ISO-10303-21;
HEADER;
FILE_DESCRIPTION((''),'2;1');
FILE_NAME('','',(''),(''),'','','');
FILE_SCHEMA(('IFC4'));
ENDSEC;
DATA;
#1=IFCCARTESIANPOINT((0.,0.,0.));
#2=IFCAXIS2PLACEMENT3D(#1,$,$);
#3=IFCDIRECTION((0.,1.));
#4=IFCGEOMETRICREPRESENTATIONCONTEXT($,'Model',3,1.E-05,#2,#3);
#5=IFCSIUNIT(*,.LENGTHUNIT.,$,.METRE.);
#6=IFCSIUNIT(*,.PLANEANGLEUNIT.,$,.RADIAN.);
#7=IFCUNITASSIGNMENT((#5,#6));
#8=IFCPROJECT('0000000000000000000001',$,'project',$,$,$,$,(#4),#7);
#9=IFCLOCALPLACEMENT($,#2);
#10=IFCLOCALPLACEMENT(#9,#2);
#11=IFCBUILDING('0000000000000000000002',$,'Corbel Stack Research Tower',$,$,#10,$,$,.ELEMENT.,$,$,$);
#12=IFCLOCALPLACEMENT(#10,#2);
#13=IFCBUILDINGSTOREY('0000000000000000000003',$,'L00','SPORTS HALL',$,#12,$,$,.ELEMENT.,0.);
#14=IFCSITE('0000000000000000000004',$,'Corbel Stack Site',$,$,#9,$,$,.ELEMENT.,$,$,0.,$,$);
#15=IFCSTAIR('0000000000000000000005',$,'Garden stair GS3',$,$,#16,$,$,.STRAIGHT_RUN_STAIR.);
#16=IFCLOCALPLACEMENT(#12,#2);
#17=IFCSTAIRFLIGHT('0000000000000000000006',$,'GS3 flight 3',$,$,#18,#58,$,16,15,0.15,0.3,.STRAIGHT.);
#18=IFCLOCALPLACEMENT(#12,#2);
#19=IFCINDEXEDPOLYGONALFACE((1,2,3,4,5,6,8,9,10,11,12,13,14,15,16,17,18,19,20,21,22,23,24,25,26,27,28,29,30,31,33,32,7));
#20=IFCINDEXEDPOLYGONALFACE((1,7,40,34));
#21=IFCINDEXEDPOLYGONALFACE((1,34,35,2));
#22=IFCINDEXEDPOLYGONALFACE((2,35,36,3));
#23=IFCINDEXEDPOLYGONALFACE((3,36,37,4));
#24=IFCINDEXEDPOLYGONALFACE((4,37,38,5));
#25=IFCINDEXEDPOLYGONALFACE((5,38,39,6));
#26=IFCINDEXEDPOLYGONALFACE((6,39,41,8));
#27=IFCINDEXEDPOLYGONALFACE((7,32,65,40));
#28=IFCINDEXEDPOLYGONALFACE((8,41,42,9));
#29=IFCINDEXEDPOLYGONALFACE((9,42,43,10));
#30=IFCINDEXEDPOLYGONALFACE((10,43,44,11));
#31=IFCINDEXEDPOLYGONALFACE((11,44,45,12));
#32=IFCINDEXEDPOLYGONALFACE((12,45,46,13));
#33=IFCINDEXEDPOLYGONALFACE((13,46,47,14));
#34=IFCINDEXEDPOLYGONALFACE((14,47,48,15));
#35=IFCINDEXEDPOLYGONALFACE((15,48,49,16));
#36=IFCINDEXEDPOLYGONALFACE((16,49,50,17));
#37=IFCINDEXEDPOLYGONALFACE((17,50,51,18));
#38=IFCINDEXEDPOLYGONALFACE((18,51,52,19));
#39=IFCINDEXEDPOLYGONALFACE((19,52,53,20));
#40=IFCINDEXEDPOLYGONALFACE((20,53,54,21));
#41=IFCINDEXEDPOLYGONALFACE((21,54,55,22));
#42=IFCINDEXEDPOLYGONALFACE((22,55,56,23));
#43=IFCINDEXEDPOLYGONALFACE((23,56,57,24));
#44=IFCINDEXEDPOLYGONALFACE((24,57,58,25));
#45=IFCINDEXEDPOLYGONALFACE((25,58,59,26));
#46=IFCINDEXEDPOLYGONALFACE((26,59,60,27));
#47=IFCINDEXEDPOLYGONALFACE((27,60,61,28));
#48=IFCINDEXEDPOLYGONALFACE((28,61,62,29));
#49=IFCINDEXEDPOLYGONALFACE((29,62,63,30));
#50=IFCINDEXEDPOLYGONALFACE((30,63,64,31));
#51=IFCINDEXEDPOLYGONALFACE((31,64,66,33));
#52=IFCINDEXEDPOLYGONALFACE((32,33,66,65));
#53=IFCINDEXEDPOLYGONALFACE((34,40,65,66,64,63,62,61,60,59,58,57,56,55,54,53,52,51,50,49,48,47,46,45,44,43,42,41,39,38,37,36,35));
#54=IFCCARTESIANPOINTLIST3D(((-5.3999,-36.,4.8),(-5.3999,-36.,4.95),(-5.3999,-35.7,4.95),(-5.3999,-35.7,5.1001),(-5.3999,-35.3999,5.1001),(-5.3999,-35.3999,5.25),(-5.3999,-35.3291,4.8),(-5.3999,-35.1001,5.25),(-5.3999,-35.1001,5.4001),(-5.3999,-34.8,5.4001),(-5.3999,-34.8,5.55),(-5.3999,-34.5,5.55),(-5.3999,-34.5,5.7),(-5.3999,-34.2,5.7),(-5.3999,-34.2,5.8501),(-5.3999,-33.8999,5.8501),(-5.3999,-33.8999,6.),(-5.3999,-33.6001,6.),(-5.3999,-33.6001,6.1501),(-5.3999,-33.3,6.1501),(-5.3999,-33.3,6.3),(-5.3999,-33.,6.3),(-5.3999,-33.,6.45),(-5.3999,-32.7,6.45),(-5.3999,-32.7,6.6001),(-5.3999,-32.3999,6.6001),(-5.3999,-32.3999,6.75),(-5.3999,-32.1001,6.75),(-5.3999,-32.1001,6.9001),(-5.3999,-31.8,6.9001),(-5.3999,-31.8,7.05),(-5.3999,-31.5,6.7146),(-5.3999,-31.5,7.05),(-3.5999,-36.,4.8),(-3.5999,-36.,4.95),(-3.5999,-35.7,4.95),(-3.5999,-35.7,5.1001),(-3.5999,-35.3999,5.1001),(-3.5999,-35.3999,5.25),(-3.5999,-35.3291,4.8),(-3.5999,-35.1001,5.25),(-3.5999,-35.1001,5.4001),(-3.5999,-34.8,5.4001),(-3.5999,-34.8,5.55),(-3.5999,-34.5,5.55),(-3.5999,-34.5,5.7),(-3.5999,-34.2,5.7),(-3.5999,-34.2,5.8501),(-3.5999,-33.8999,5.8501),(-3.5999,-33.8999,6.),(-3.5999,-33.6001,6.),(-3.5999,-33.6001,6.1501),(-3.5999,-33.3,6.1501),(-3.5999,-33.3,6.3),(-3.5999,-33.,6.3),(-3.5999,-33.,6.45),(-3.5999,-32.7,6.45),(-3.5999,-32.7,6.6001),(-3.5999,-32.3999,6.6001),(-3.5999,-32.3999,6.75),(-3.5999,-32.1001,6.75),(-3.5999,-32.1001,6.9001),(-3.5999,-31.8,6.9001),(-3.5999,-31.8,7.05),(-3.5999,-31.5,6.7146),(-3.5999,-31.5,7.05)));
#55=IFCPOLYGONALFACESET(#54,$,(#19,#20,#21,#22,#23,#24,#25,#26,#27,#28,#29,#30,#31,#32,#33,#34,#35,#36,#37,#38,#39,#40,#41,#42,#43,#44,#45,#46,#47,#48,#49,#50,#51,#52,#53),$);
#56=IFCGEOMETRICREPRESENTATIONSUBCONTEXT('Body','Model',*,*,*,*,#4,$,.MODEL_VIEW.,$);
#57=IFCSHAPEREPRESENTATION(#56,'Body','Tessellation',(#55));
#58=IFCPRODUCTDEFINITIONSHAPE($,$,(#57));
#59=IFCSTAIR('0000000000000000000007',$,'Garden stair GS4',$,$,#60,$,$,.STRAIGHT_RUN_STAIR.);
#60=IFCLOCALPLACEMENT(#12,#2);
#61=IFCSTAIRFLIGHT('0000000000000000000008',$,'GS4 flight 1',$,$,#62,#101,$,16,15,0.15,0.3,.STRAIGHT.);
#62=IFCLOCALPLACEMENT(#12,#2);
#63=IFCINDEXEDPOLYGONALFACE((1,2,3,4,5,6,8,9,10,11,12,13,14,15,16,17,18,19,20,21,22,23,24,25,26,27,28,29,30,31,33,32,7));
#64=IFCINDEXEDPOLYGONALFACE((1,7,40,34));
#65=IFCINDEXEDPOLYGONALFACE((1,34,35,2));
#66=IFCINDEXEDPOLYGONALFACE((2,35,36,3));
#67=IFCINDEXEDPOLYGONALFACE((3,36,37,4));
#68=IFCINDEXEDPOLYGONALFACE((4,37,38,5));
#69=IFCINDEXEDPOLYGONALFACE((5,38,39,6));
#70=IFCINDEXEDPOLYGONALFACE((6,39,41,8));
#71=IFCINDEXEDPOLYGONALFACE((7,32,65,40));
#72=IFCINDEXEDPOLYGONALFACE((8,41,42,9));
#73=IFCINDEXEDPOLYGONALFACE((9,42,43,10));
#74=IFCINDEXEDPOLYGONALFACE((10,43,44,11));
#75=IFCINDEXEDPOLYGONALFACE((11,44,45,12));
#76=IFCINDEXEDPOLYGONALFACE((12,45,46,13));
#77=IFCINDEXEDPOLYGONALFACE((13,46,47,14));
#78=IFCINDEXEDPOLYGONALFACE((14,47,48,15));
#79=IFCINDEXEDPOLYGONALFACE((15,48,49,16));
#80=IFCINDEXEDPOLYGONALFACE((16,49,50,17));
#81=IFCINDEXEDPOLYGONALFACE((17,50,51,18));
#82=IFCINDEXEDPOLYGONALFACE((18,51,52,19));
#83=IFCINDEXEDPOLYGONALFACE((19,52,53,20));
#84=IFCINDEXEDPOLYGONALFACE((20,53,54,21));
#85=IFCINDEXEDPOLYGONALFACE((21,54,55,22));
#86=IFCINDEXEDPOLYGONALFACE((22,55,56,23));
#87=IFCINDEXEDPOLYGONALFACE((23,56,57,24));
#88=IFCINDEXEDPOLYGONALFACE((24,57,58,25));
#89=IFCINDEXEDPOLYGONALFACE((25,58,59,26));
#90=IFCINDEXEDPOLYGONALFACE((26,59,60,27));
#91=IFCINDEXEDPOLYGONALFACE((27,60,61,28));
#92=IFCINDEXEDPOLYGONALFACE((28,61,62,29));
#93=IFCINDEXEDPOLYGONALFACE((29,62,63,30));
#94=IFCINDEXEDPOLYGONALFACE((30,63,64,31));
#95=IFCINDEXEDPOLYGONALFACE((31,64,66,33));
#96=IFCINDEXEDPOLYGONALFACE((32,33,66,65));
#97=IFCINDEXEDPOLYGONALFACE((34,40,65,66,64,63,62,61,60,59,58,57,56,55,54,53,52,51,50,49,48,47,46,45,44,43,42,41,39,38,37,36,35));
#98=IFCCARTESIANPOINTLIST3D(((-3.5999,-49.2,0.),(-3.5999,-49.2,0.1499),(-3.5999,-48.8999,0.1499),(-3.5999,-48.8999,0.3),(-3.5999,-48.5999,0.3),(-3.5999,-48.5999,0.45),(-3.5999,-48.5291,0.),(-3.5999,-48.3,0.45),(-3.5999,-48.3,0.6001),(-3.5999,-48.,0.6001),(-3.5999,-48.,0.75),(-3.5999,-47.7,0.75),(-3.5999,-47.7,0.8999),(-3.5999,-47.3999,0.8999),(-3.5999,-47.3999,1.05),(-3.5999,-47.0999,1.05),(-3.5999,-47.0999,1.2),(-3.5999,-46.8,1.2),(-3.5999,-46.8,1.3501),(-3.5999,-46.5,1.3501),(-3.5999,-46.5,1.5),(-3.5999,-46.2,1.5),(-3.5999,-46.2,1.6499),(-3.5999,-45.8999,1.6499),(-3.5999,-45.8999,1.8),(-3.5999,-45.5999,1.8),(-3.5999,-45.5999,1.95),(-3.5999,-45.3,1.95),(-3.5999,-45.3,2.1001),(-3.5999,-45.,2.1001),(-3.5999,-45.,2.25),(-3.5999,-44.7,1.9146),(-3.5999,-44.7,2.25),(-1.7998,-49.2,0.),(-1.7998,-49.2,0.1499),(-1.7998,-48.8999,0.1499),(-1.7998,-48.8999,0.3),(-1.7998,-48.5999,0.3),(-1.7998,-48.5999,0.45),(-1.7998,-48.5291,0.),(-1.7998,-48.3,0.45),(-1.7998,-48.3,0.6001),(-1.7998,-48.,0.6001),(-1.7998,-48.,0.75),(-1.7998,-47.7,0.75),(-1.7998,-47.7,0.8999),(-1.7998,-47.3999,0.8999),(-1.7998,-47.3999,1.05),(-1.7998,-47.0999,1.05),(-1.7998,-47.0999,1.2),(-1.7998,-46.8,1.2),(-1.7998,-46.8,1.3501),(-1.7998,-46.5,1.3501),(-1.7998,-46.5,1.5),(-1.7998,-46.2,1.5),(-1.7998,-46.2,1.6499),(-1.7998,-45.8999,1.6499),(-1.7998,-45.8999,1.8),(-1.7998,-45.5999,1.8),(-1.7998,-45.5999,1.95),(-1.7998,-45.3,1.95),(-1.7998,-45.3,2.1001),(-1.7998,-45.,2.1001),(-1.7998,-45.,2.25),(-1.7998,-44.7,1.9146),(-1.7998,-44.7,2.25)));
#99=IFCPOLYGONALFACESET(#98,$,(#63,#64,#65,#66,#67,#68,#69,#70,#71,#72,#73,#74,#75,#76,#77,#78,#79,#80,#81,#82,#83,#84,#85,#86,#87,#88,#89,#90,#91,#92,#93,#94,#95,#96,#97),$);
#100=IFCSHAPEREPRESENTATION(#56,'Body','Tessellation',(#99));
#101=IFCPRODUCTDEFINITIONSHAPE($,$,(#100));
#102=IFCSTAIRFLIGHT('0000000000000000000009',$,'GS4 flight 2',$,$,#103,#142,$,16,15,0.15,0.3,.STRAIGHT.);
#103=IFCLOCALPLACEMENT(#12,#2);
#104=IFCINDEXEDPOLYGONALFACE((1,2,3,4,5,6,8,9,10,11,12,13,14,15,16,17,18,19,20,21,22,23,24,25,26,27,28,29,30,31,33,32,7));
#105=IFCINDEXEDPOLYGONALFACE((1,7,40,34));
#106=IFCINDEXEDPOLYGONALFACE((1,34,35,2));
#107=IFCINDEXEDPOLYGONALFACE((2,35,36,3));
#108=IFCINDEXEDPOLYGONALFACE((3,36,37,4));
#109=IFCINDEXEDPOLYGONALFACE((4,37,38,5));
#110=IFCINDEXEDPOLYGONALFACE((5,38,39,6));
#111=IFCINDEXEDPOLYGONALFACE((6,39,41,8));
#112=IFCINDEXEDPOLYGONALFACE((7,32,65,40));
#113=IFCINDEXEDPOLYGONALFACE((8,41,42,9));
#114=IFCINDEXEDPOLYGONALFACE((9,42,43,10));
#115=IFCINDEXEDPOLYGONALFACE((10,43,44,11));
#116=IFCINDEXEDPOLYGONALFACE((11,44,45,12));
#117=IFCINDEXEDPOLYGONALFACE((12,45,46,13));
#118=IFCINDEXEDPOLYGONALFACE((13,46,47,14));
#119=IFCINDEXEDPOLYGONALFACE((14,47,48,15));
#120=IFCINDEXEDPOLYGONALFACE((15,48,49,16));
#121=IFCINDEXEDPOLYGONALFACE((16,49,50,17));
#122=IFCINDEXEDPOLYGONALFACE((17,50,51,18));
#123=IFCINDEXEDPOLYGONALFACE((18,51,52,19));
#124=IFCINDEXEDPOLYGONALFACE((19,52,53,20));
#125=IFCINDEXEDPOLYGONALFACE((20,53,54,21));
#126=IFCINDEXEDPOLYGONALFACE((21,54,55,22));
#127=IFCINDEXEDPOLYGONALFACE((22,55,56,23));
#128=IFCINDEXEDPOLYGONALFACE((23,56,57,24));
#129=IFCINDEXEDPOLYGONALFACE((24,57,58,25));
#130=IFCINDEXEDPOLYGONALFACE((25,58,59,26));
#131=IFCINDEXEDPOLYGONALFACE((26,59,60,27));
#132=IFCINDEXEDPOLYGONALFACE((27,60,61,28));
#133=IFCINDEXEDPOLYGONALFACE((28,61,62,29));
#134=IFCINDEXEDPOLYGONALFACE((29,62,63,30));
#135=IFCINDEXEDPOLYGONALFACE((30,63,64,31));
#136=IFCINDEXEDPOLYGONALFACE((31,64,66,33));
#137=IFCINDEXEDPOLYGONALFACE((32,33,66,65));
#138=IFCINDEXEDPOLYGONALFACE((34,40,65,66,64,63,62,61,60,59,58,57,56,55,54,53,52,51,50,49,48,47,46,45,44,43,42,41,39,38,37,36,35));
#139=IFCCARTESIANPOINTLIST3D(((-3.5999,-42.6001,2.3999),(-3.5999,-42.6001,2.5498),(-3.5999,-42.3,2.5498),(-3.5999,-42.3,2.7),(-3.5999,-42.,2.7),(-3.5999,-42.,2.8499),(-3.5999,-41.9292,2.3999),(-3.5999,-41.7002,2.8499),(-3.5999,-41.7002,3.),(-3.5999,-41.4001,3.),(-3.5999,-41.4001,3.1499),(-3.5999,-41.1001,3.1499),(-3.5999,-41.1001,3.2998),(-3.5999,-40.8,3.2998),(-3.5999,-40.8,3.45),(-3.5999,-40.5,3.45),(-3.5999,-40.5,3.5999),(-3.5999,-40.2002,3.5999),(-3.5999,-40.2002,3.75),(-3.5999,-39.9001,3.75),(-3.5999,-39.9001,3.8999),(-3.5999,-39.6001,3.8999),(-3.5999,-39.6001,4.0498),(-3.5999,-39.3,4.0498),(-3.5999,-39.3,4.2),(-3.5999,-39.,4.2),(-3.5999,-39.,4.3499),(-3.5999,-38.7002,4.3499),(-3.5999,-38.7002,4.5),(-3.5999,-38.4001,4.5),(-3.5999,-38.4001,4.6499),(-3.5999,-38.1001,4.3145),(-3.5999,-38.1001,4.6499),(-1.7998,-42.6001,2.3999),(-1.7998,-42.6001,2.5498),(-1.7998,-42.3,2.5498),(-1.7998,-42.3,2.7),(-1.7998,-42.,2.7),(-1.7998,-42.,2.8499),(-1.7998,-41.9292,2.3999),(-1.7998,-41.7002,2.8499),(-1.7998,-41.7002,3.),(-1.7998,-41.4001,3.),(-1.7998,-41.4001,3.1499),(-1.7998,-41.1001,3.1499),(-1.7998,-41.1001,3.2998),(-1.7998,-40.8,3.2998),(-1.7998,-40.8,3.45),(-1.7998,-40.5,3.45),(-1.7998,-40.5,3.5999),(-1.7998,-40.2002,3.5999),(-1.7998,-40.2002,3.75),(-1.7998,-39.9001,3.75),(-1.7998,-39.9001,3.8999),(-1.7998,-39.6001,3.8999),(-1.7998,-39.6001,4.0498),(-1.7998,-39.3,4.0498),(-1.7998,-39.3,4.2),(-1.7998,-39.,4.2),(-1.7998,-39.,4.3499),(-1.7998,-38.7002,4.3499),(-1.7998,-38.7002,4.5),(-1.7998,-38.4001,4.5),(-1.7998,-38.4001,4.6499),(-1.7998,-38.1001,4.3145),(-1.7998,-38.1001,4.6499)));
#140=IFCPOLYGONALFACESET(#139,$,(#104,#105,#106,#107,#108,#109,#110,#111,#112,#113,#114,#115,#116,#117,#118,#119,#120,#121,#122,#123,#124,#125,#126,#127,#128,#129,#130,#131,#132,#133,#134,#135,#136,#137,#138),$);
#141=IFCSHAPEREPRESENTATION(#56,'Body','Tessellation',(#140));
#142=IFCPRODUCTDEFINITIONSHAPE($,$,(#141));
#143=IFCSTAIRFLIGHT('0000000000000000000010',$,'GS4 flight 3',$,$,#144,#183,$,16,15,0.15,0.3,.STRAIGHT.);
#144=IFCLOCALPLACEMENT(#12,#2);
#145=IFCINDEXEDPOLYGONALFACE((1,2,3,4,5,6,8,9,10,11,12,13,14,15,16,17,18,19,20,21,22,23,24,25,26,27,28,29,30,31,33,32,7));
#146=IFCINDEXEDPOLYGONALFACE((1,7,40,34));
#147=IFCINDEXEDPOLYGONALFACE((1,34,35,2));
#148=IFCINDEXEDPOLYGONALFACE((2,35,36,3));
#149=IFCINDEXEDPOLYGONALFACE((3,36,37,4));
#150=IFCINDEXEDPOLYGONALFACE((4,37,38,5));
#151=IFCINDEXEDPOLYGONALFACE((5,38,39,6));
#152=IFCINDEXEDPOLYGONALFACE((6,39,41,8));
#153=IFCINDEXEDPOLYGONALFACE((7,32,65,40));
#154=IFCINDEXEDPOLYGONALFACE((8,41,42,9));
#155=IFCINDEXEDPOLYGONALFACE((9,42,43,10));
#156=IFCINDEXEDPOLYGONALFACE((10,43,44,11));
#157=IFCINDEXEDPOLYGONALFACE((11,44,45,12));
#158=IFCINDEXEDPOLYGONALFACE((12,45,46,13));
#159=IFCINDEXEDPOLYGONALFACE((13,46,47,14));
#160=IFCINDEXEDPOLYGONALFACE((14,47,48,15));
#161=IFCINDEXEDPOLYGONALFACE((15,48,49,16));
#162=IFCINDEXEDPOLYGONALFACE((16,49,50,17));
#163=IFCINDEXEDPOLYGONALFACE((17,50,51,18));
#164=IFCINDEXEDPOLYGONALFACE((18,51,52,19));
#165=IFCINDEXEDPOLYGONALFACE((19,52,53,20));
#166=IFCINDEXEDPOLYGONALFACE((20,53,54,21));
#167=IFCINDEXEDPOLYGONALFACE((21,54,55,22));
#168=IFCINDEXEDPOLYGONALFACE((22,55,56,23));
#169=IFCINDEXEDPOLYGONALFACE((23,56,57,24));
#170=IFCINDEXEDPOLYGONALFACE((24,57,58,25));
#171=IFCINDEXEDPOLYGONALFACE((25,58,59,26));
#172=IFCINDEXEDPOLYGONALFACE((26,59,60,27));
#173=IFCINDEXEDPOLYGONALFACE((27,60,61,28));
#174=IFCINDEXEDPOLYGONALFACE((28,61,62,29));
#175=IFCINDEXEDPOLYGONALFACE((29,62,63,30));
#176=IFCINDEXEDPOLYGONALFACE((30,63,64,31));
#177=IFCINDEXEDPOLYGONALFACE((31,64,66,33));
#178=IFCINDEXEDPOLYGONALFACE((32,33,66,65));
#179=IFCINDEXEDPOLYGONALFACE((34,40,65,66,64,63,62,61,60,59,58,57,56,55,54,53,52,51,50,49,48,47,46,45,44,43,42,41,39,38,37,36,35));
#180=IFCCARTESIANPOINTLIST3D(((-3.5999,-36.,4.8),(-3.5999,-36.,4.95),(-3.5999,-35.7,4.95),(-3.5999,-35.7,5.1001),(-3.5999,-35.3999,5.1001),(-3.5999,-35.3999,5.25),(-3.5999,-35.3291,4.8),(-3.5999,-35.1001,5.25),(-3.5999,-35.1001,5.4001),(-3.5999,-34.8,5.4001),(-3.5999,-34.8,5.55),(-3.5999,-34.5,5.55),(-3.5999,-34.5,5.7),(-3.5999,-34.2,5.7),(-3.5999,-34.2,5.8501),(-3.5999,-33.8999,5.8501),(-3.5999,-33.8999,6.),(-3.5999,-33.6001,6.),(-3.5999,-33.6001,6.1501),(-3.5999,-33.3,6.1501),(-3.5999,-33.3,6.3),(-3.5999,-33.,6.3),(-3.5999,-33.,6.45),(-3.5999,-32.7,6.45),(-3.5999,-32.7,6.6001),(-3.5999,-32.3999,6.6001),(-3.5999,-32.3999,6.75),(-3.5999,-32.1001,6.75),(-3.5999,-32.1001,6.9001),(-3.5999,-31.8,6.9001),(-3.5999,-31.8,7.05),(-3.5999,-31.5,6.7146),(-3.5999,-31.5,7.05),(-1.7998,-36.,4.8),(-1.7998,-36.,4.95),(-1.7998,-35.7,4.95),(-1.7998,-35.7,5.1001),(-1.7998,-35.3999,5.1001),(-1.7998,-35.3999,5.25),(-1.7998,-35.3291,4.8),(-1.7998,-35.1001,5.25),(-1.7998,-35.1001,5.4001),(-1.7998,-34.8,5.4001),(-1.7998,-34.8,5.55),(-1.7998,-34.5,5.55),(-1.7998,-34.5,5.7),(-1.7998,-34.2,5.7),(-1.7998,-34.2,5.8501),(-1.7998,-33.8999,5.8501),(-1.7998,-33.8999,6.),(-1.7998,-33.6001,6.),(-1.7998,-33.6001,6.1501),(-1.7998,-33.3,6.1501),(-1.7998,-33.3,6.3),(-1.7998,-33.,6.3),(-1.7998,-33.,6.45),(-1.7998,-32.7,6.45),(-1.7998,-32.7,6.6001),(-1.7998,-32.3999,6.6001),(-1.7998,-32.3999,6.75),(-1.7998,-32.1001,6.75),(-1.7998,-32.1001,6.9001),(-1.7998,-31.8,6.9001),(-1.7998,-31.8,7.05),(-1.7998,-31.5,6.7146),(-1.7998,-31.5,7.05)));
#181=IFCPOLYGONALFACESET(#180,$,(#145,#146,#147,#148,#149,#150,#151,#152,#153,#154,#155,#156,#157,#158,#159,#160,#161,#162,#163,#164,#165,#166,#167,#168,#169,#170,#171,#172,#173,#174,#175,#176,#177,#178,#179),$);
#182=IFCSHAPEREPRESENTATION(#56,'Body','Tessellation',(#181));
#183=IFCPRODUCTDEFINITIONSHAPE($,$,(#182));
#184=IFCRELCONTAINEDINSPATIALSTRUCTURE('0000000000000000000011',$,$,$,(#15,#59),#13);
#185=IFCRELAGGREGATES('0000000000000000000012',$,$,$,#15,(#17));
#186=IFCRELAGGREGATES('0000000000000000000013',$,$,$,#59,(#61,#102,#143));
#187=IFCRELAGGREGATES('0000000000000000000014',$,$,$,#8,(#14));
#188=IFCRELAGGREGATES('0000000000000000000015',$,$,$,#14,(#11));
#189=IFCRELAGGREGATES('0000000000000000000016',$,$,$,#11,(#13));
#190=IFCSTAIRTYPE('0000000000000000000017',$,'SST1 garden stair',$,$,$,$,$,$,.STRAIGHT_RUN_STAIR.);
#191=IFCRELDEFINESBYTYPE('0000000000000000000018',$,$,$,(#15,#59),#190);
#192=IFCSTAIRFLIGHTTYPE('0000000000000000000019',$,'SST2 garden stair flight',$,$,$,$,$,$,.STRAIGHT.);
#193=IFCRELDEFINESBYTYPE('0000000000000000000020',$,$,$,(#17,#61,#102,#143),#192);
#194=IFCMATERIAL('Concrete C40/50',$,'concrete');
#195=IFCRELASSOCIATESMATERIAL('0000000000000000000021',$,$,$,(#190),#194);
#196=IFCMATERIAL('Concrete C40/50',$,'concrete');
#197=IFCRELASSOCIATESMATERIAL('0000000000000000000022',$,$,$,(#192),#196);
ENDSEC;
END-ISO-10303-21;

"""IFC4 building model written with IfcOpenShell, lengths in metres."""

from ifc_helpers import new_model, si_unit, direction, frame, origin, place, context, subcontext, project, spatial, polyline, outline, extrude, material, type_object, element, aggregate, save


model = new_model("IFC4")

# Units and contexts
model_context = context("Model", 3, precision=1e-05, world=origin(), true_north=direction((0.0, 1.0)))
body_context = subcontext(model_context, "Body", "Model", "MODEL_VIEW")
ifc_project = project(units=[si_unit("LENGTHUNIT", "METRE"), si_unit("PLANEANGLEUNIT", "RADIAN")], contexts=[model_context])

# Site, building, storey
site_placement = place(None, origin())
site = spatial("IfcSite", under=ifc_project, at=site_placement, Name="Corbel Stack Site", CompositionType="ELEMENT", RefElevation=0.0)
building_placement = place(site_placement, origin())
building = spatial("IfcBuilding", under=site, at=building_placement, Name="Corbel Stack Research Tower", CompositionType="ELEMENT")
storey_placement = place(building_placement, origin())
storey = spatial("IfcBuildingStorey", under=building, at=storey_placement, Name="L00", Description="SPORTS HALL", CompositionType="ELEMENT", Elevation=0.0)

# Stairs, stair flights
ifc_material_1 = material(Name="Concrete C40/50", Category="concrete")
stair_type = type_object("IfcStairType", Name="SST1 garden stair", PredefinedType="STRAIGHT_RUN_STAIR", material=ifc_material_1)
ifc_material_2 = material(Name="Concrete C40/50", Category="concrete")
stair_flight_type = type_object("IfcStairFlightType", Name="SST2 garden stair flight", PredefinedType="STRAIGHT", material=ifc_material_2)
stair_1_placement = place(storey_placement, origin())
stair_1 = element("IfcStair", 1, at=stair_1_placement, inside=storey, type_object=stair_type, Name="Garden stair GS3", PredefinedType="STRAIGHT_RUN_STAIR")
stair_flight_1_placement = place(storey_placement, frame((-4.5, -36.0, 4.8), z_axis=(0.0, 0.0, 1.0), x_axis=(0.0, 1.0, 0.0)))
stair_flight_1 = element("IfcStairFlight", 2, at=stair_flight_1_placement, type_object=stair_flight_type, Name="GS3 flight 3", NumberOfRisers=16, NumberOfTreads=15, PredefinedType="STRAIGHT", RiserHeight=0.15, TreadLength=0.3, context=body_context, shape_type="SweptSolid", body=[
    extrude(outline(polyline([(0.0, 0.0), (0.0, 0.1499), (0.3, 0.1499), (0.3, 0.3), (0.6001, 0.3), (0.6001, 0.45), (0.8999, 0.45), (0.8999, 0.6001), (1.2, 0.6001), (1.2, 0.75), (1.5, 0.75), (1.5, 0.8999), (1.8, 0.8999), (1.8, 1.05), (2.1001, 1.05), (2.1001, 1.2), (2.3999, 1.2), (2.3999, 1.3501), (2.7, 1.3501), (2.7, 1.5), (3.0, 1.5), (3.0, 1.6499), (3.3, 1.6499), (3.3, 1.8), (3.6001, 1.8), (3.6001, 1.95), (3.8999, 1.95), (3.8999, 2.1001), (4.2, 2.1001), (4.2, 2.25), (4.5, 2.25), (4.5, 2.3999), (4.5, 1.9146), (0.6709, 0.0), (0.0, 0.0)])), frame((0.0, 0.8999, 0.0), z_axis=(0.0, -1.0, 0.0), x_axis=(1.0, 0.0, 0.0)), (0.0, 0.0, 1.0), 1.8),
])
aggregate(stair_1, [stair_flight_1])
stair_2_placement = place(storey_placement, origin())
stair_2 = element("IfcStair", 3, at=stair_2_placement, inside=storey, type_object=stair_type, Name="Garden stair GS4", PredefinedType="STRAIGHT_RUN_STAIR")
stair_flight_2_placement = place(storey_placement, frame((-2.7, -49.2, 0.0), z_axis=(0.0, 0.0, 1.0), x_axis=(0.0, 1.0, 0.0)))
stair_flight_2 = element("IfcStairFlight", 4, at=stair_flight_2_placement, type_object=stair_flight_type, Name="GS4 flight 1", NumberOfRisers=16, NumberOfTreads=15, PredefinedType="STRAIGHT", RiserHeight=0.15, TreadLength=0.3, context=body_context, shape_type="SweptSolid", body=[
    extrude(outline(polyline([(0.0, 0.0), (0.0, 0.1499), (0.3, 0.1499), (0.3, 0.3), (0.6001, 0.3), (0.6001, 0.45), (0.8999, 0.45), (0.8999, 0.6001), (1.2, 0.6001), (1.2, 0.75), (1.5, 0.75), (1.5, 0.8999), (1.8, 0.8999), (1.8, 1.05), (2.1001, 1.05), (2.1001, 1.2), (2.3999, 1.2), (2.3999, 1.3501), (2.7, 1.3501), (2.7, 1.5), (3.0, 1.5), (3.0, 1.6499), (3.3, 1.6499), (3.3, 1.8), (3.6001, 1.8), (3.6001, 1.95), (3.8999, 1.95), (3.8999, 2.1001), (4.2, 2.1001), (4.2, 2.25), (4.5, 2.25), (4.5, 2.3999), (4.5, 1.9146), (0.6709, 0.0), (0.0, 0.0)])), frame((0.0, 0.8999, 0.0), z_axis=(0.0, -1.0, 0.0), x_axis=(1.0, 0.0, 0.0)), (0.0, 0.0, 1.0), 1.8),
])
stair_flight_3_placement = place(storey_placement, frame((-2.7, -42.6001, 2.3999), z_axis=(0.0, 0.0, 1.0), x_axis=(0.0, 1.0, 0.0)))
stair_flight_3 = element("IfcStairFlight", 5, at=stair_flight_3_placement, type_object=stair_flight_type, Name="GS4 flight 2", NumberOfRisers=16, NumberOfTreads=15, PredefinedType="STRAIGHT", RiserHeight=0.15, TreadLength=0.3, context=body_context, shape_type="SweptSolid", body=[
    extrude(outline(polyline([(0.0, 0.0), (0.0, 0.1499), (0.3, 0.1499), (0.3, 0.3), (0.6001, 0.3), (0.6001, 0.45), (0.8999, 0.45), (0.8999, 0.6001), (1.2, 0.6001), (1.2, 0.75), (1.5, 0.75), (1.5, 0.8999), (1.8, 0.8999), (1.8, 1.05), (2.1001, 1.05), (2.1001, 1.2), (2.3999, 1.2), (2.3999, 1.3501), (2.7, 1.3501), (2.7, 1.5), (3.0, 1.5), (3.0, 1.6499), (3.3, 1.6499), (3.3, 1.8), (3.6001, 1.8), (3.6001, 1.95), (3.8999, 1.95), (3.8999, 2.1001), (4.2, 2.1001), (4.2, 2.25), (4.5, 2.25), (4.5, 2.3999), (4.5, 1.9146), (0.6709, 0.0), (0.0, 0.0)])), frame((0.0, 0.8999, 0.0), z_axis=(0.0, -1.0, 0.0), x_axis=(1.0, 0.0, 0.0)), (0.0, 0.0, 1.0), 1.8),
])
stair_flight_4_placement = place(storey_placement, frame((-2.7, -36.0, 4.8), z_axis=(0.0, 0.0, 1.0), x_axis=(0.0, 1.0, 0.0)))
stair_flight_4 = element("IfcStairFlight", 6, at=stair_flight_4_placement, type_object=stair_flight_type, Name="GS4 flight 3", NumberOfRisers=16, NumberOfTreads=15, PredefinedType="STRAIGHT", RiserHeight=0.15, TreadLength=0.3, context=body_context, shape_type="SweptSolid", body=[
    extrude(outline(polyline([(0.0, 0.0), (0.0, 0.1499), (0.3, 0.1499), (0.3, 0.3), (0.6001, 0.3), (0.6001, 0.45), (0.8999, 0.45), (0.8999, 0.6001), (1.2, 0.6001), (1.2, 0.75), (1.5, 0.75), (1.5, 0.8999), (1.8, 0.8999), (1.8, 1.05), (2.1001, 1.05), (2.1001, 1.2), (2.3999, 1.2), (2.3999, 1.3501), (2.7, 1.3501), (2.7, 1.5), (3.0, 1.5), (3.0, 1.6499), (3.3, 1.6499), (3.3, 1.8), (3.6001, 1.8), (3.6001, 1.95), (3.8999, 1.95), (3.8999, 2.1001), (4.2, 2.1001), (4.2, 2.25), (4.5, 2.25), (4.5, 2.3999), (4.5, 1.9146), (0.6709, 0.0), (0.0, 0.0)])), frame((0.0, 0.8999, 0.0), z_axis=(0.0, -1.0, 0.0), x_axis=(1.0, 0.0, 0.0)), (0.0, 0.0, 1.0), 1.8),
])
aggregate(stair_2, [stair_flight_2, stair_flight_3, stair_flight_4])

save(model, "model.ifc")
